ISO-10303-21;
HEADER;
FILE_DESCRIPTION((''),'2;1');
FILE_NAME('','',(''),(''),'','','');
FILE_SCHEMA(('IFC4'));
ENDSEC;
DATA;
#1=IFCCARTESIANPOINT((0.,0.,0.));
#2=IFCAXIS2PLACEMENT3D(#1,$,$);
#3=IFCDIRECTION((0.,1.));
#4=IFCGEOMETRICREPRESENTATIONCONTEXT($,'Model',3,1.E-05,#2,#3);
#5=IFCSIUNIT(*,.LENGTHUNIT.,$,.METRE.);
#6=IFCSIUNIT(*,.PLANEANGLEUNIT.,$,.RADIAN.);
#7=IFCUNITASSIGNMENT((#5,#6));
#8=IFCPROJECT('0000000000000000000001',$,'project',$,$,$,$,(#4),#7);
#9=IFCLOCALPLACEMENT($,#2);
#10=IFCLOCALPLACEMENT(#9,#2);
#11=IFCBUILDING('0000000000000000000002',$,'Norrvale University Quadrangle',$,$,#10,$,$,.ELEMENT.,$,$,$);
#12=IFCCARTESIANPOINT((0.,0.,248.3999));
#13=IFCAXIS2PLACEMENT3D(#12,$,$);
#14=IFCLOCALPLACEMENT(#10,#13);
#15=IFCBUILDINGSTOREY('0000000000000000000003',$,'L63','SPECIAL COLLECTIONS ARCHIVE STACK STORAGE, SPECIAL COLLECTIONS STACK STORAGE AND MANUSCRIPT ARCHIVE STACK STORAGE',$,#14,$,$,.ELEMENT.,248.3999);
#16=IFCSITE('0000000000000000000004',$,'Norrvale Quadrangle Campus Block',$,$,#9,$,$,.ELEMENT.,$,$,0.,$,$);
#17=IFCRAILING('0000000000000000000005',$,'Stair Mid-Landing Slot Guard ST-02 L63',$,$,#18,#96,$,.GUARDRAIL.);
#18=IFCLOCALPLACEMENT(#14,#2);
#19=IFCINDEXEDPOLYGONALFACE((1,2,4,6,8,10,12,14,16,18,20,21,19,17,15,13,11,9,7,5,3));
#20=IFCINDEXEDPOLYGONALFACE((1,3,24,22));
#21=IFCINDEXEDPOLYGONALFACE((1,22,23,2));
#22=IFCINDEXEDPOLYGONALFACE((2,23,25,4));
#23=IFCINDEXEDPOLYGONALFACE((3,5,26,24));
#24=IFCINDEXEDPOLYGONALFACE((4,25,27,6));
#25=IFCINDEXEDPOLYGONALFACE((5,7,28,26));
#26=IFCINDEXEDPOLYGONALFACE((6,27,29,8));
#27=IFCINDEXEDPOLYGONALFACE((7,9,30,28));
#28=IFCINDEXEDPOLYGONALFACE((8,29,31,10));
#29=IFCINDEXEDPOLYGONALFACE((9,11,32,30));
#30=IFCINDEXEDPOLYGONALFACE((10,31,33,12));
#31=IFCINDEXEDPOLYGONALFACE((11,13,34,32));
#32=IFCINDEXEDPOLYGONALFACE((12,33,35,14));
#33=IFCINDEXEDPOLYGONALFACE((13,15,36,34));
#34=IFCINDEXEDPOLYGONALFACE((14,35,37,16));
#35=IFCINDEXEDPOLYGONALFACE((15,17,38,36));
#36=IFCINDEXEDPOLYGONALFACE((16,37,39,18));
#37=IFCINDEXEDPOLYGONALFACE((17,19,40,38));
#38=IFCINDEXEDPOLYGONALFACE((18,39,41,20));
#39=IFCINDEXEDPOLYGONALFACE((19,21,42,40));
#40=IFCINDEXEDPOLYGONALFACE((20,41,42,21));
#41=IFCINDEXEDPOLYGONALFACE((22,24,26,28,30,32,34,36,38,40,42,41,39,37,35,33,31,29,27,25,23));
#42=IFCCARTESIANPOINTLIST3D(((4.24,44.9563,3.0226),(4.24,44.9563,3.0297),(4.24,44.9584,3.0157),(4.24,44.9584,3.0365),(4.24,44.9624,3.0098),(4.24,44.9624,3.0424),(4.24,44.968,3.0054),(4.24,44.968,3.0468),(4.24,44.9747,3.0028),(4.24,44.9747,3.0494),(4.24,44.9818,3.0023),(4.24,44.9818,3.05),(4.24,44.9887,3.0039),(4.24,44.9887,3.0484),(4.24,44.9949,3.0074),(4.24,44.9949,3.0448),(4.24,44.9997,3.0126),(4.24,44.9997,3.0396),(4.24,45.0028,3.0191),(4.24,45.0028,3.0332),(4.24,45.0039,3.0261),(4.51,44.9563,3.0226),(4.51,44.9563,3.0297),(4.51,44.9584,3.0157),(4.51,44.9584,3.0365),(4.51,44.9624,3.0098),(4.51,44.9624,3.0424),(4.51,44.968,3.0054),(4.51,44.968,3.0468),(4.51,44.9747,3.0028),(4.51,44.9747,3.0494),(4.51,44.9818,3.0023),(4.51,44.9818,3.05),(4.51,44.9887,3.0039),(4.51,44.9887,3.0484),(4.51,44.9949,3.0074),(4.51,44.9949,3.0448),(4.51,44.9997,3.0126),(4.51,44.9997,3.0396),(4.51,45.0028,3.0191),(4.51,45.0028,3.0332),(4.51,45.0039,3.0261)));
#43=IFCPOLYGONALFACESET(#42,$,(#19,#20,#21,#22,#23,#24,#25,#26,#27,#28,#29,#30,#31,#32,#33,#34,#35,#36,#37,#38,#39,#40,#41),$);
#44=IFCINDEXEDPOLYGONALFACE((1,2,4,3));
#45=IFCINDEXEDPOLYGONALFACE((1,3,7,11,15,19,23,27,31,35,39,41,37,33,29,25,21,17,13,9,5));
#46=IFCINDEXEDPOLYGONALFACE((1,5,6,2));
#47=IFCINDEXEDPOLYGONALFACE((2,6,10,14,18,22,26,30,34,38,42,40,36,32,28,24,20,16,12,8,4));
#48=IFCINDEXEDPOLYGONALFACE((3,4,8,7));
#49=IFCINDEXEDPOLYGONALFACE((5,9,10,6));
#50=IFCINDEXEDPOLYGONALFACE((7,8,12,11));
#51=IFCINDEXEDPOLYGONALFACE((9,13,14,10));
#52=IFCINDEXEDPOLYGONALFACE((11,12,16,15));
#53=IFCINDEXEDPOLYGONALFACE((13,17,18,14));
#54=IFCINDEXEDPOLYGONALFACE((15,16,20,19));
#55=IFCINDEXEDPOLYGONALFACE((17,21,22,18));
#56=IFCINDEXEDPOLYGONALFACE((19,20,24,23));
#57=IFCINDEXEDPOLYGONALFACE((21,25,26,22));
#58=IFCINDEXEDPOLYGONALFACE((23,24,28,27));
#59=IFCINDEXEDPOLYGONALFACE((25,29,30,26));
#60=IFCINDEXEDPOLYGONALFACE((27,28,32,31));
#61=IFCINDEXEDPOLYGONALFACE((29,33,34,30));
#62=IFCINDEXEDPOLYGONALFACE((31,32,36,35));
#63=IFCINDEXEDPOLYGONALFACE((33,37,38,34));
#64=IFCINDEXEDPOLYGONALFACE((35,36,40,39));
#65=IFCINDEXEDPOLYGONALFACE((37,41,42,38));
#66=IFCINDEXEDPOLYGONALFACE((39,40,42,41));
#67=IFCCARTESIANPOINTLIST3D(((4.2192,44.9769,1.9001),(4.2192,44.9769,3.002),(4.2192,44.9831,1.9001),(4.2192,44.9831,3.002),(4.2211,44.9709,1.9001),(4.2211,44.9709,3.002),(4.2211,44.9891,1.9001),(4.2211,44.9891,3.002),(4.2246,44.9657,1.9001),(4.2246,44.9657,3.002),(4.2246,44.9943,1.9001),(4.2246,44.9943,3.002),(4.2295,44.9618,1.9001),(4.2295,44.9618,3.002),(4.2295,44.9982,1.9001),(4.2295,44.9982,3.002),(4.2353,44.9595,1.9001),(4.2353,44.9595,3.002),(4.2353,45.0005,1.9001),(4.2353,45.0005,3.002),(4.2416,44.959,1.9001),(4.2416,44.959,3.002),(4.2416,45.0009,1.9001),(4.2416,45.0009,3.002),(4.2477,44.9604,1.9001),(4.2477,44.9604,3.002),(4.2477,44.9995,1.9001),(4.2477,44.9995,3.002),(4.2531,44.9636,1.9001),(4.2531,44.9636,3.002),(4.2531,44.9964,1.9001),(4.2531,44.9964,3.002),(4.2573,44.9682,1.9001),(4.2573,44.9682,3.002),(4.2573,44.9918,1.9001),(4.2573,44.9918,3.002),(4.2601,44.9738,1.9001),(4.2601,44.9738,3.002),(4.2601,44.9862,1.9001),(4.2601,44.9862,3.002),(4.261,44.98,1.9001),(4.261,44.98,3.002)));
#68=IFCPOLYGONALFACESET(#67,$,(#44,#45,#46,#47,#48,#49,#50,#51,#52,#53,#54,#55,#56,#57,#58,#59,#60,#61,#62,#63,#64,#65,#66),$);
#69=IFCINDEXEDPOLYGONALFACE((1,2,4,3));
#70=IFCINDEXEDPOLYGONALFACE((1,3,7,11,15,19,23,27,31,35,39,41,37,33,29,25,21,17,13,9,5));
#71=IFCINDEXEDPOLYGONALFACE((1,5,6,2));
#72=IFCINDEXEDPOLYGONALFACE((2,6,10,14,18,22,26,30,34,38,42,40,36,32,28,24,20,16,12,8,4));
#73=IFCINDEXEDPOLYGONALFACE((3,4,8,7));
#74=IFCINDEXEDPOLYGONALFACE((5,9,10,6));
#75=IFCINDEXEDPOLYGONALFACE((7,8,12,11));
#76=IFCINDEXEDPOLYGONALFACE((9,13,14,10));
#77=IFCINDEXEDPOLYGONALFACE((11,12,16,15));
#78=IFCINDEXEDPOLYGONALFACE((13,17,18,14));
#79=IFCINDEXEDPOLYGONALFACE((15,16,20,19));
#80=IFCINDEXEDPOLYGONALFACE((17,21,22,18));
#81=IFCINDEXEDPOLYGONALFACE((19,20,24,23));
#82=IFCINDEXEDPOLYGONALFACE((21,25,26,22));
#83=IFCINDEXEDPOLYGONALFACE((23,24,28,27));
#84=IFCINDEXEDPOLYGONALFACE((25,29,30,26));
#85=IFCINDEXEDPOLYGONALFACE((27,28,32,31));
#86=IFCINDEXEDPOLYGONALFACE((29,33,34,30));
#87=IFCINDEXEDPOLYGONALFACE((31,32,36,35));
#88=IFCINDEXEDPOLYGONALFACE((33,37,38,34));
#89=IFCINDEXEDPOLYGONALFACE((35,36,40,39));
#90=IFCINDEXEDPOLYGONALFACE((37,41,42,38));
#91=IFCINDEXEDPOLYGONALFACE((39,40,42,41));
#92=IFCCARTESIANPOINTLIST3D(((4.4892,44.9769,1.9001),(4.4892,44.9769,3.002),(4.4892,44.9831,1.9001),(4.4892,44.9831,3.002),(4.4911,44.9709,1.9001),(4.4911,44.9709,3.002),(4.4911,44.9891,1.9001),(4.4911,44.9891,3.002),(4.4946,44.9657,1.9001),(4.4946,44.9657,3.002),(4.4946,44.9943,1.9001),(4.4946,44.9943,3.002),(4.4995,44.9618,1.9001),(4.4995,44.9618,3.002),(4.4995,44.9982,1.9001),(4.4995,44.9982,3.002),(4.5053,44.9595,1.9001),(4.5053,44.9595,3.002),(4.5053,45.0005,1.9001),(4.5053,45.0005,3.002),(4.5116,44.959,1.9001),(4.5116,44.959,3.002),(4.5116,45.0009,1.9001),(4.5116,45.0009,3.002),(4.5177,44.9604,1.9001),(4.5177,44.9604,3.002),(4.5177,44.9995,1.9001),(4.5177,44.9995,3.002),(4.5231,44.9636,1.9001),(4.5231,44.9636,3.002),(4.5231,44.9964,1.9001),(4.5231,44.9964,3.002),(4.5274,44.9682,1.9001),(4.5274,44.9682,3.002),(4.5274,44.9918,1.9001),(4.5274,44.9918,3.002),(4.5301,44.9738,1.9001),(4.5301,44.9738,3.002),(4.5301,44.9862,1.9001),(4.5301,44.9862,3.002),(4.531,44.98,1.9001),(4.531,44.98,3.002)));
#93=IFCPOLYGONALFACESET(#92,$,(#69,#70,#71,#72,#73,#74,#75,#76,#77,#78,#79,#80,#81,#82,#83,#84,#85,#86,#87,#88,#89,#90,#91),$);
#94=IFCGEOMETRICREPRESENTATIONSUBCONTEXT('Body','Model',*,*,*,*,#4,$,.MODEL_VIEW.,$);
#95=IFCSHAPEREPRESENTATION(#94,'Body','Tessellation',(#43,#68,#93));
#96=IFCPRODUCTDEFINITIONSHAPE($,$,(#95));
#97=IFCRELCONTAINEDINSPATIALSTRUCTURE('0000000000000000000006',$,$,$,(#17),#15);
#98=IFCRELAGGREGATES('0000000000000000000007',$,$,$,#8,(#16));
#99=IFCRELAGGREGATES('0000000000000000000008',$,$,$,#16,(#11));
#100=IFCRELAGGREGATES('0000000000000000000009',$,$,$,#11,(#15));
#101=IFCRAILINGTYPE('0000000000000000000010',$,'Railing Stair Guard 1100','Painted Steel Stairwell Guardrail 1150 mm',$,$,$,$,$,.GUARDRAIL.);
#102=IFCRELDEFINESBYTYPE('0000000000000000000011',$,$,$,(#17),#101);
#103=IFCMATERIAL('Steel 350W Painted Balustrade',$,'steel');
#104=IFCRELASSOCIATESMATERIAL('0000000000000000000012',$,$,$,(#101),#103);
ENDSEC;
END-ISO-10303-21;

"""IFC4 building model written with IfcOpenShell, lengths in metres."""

from ifc_helpers import new_model, si_unit, direction, frame, origin, origin_2d, place, context, subcontext, project, spatial, circle, extrude, material, type_object, element, save


model = new_model("IFC4")

# Units and contexts
model_context = context("Model", 3, precision=1e-05, world=origin(), true_north=direction((0.0, 1.0)))
body_context = subcontext(model_context, "Body", "Model", "MODEL_VIEW")
ifc_project = project(units=[si_unit("LENGTHUNIT", "METRE"), si_unit("PLANEANGLEUNIT", "RADIAN")], contexts=[model_context])

# Site, building, storey
site_placement = place(None, origin())
site = spatial("IfcSite", under=ifc_project, at=site_placement, Name="Norrvale Quadrangle Campus Block", CompositionType="ELEMENT", RefElevation=0.0)
building_placement = place(site_placement, origin())
building = spatial("IfcBuilding", under=site, at=building_placement, Name="Norrvale University Quadrangle", CompositionType="ELEMENT")
storey_placement = place(building_placement, frame((0.0, 0.0, 248.3999)))
storey = spatial("IfcBuildingStorey", under=building, at=storey_placement, Name="L63", Description="SPECIAL COLLECTIONS ARCHIVE STACK STORAGE, SPECIAL COLLECTIONS STACK STORAGE AND MANUSCRIPT ARCHIVE STACK STORAGE", CompositionType="ELEMENT", Elevation=248.3999)

# Railing
ifc_material_1 = material(Name="Steel 350W Painted Balustrade", Category="steel")
railing_type_1 = type_object("IfcRailingType", Name="Railing Stair Guard 1100", Description="Painted Steel Stairwell Guardrail 1150 mm", PredefinedType="GUARDRAIL", material=ifc_material_1)
railing_1_placement = place(storey_placement, frame((4.24, 44.98, 1.9001)))
element("IfcRailing", 1, at=railing_1_placement, inside=storey, type_object=railing_type_1, Name="Stair Mid-Landing Slot Guard ST-02 L63", PredefinedType="GUARDRAIL", context=body_context, shape_type="SweptSolid", body=[
    extrude(circle(Radius=0.0239, at=origin_2d()), frame((0.0, 0.0, 1.126), z_axis=(1.0, 0.0, 0.0), x_axis=(0.0, 1.0, 0.0)), (0.0, 0.0, 1.0), 0.27),
    extrude(circle(Radius=0.021, at=origin_2d()), origin(), (0.0, 0.0, 1.0), 1.1018),
    extrude(circle(Radius=0.021, at=origin_2d()), frame((0.27, 0.0, 0.0)), (0.0, 0.0, 1.0), 1.1018),
])

save(model, "model.ifc")
